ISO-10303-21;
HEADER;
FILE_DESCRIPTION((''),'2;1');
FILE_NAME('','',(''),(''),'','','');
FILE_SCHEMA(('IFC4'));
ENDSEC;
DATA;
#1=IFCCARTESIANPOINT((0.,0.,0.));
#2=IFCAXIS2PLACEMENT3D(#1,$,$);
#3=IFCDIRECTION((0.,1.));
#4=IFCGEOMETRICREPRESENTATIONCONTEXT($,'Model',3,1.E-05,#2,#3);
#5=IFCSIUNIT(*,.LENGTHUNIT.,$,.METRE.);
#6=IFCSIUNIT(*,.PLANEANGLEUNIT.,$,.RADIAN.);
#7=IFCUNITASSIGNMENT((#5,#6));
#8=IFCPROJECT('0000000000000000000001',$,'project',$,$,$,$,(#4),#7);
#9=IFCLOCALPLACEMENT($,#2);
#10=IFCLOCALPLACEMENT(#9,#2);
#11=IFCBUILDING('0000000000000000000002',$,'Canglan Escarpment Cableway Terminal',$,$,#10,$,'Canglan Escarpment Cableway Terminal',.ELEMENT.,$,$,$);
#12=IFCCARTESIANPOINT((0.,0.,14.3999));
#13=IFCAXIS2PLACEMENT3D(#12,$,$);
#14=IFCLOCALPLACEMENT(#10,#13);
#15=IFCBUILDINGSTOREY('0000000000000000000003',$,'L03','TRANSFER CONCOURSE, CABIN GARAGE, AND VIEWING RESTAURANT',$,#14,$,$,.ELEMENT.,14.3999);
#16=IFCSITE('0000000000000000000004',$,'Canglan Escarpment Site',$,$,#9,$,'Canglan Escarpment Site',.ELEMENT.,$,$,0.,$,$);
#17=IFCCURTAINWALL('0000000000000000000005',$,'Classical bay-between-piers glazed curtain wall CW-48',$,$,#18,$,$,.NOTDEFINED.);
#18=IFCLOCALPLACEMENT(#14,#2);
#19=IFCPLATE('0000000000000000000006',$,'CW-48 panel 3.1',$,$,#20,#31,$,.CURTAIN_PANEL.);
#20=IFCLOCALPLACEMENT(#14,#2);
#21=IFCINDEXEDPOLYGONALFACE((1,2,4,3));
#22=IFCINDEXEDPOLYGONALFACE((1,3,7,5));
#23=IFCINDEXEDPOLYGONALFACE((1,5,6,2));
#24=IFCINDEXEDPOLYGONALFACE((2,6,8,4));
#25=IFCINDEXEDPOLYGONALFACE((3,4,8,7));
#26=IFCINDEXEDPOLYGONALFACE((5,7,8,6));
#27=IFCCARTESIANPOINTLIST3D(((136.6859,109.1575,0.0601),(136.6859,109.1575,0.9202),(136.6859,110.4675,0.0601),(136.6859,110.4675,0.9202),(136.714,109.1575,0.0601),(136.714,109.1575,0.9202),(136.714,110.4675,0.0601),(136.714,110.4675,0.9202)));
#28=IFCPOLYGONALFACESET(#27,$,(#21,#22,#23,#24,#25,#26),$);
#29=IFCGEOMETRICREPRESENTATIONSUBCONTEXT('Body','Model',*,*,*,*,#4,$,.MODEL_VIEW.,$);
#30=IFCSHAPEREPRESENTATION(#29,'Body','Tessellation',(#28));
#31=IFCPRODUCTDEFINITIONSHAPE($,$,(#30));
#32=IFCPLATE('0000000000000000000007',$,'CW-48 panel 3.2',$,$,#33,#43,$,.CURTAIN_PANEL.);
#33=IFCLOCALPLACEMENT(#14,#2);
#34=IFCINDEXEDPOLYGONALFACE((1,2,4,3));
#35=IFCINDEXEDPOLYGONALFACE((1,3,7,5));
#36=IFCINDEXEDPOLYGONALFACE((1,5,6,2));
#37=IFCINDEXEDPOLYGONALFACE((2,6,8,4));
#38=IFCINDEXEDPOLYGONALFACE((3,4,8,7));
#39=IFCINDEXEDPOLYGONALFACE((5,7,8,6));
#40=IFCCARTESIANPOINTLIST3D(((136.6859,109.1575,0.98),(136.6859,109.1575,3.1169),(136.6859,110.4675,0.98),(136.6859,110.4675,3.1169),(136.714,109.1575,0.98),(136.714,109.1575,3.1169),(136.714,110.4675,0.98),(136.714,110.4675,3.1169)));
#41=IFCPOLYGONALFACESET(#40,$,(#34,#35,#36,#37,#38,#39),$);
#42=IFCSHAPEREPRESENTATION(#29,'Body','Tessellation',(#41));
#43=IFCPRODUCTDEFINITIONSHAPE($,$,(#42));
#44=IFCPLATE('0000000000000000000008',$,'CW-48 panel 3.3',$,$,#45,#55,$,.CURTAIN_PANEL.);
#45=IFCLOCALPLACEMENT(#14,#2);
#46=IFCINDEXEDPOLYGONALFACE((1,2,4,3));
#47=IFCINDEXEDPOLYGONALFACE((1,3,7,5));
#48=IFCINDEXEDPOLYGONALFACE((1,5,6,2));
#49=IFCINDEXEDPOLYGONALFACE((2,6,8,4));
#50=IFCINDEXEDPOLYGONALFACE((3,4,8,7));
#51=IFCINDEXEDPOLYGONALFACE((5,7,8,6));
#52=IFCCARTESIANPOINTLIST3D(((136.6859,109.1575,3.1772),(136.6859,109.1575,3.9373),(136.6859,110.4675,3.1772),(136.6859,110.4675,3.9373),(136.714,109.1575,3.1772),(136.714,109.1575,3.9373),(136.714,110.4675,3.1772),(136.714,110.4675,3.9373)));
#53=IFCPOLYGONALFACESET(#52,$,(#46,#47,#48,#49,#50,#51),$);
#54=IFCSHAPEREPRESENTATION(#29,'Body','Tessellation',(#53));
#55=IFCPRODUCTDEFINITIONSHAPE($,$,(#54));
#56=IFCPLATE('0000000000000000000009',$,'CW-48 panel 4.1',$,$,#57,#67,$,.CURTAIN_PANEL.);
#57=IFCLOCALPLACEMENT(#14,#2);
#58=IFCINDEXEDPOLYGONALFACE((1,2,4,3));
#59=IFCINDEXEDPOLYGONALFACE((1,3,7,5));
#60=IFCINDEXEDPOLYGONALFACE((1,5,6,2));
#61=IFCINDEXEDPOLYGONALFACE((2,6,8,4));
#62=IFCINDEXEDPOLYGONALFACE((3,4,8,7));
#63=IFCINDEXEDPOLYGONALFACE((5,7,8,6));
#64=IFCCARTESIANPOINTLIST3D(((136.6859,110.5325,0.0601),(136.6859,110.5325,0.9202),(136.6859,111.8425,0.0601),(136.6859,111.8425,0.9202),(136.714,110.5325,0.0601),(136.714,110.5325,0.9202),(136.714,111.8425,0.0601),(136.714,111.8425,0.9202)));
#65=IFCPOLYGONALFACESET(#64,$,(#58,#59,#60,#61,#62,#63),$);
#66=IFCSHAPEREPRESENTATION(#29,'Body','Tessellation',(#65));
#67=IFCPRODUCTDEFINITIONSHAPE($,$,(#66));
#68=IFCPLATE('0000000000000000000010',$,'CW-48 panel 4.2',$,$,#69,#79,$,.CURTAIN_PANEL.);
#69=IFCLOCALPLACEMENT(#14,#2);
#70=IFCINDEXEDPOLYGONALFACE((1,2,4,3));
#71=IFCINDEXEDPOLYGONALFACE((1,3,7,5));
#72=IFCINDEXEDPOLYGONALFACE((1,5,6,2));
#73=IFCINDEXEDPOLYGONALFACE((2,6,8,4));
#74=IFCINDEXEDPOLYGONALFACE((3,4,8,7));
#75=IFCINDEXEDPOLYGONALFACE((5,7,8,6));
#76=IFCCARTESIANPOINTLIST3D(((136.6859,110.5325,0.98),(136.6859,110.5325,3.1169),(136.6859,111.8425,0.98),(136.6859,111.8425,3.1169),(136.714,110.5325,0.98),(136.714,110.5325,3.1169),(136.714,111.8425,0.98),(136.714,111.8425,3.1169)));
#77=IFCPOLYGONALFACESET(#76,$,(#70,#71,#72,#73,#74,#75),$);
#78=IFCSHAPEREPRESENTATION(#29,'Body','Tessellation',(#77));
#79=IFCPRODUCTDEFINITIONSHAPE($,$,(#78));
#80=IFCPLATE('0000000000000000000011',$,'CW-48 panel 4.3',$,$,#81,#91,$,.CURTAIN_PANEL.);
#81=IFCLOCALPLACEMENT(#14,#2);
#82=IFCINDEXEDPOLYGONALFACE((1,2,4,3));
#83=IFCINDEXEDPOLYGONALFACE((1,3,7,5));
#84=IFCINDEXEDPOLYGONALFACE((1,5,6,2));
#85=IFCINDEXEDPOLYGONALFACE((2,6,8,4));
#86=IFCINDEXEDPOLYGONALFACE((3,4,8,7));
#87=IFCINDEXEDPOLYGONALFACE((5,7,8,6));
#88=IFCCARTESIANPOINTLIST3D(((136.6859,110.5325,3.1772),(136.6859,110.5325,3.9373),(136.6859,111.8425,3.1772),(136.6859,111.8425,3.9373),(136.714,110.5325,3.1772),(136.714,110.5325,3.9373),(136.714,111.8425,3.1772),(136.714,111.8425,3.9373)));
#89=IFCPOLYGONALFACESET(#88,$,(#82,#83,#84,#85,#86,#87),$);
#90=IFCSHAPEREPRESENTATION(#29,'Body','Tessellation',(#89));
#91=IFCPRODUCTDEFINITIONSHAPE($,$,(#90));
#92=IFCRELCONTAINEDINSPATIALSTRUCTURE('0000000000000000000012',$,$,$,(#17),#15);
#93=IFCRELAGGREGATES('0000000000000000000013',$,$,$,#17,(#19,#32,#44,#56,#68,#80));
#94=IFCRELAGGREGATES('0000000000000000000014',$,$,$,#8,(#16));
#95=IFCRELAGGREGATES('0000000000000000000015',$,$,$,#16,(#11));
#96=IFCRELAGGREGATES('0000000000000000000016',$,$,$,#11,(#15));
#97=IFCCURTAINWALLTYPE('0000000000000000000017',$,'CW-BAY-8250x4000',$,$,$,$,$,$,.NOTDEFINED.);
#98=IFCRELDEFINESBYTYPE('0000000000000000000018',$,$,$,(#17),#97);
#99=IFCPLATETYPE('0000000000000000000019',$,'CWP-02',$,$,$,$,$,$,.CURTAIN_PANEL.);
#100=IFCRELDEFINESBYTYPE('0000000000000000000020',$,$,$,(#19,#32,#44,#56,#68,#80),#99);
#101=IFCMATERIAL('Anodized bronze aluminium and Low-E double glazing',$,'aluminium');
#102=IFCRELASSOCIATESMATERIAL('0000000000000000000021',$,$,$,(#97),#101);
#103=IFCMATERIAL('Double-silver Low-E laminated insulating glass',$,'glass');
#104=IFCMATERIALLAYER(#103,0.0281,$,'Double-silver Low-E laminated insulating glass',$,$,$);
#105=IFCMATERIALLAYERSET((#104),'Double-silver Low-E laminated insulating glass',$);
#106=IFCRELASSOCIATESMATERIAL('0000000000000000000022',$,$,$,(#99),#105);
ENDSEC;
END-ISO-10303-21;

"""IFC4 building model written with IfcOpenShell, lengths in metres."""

from ifc_helpers import new_model, si_unit, direction, frame, origin, origin_2d, place, context, subcontext, project, spatial, rectangle, extrude, material, layer, layer_set, type_object, element, aggregate, save


model = new_model("IFC4")

# Units and contexts
model_context = context("Model", 3, precision=1e-05, world=origin(), true_north=direction((0.0, 1.0)))
body_context = subcontext(model_context, "Body", "Model", "MODEL_VIEW")
ifc_project = project(units=[si_unit("LENGTHUNIT", "METRE"), si_unit("PLANEANGLEUNIT", "RADIAN")], contexts=[model_context])

# Site, building, storey
site_placement = place(None, origin())
site = spatial("IfcSite", under=ifc_project, at=site_placement, Name="Canglan Escarpment Site", LongName="Canglan Escarpment Site", CompositionType="ELEMENT", RefElevation=0.0)
building_placement = place(site_placement, origin())
building = spatial("IfcBuilding", under=site, at=building_placement, Name="Canglan Escarpment Cableway Terminal", LongName="Canglan Escarpment Cableway Terminal", CompositionType="ELEMENT")
storey_placement = place(building_placement, frame((0.0, 0.0, 14.3999)))
storey = spatial("IfcBuildingStorey", under=building, at=storey_placement, Name="L03", Description="TRANSFER CONCOURSE, CABIN GARAGE, AND VIEWING RESTAURANT", CompositionType="ELEMENT", Elevation=14.3999)

# Curtain wall
ifc_material_1 = material(Name="Anodized bronze aluminium and Low-E double glazing", Category="aluminium")
curtain_wall_type_1 = type_object("IfcCurtainWallType", Name="CW-BAY-8250x4000", PredefinedType="NOTDEFINED", material=ifc_material_1)
curtain_wall_1_placement = place(storey_placement, origin())
curtain_wall_1 = element("IfcCurtainWall", 1, at=curtain_wall_1_placement, inside=storey, type_object=curtain_wall_type_1, Name="Classical bay-between-piers glazed curtain wall CW-48", PredefinedType="NOTDEFINED")

# Shared definitions
ifc_material_2 = material(Name="Double-silver Low-E laminated insulating glass", Category="glass")

# Plates
ifc_layer_1 = layer(ifc_material_2, 0.0281, Name="Double-silver Low-E laminated insulating glass")
ifc_layer_set_1 = layer_set([ifc_layer_1], Name="Double-silver Low-E laminated insulating glass")
plate_type_1 = type_object("IfcPlateType", Name="CWP-02", PredefinedType="CURTAIN_PANEL", material=ifc_layer_set_1)
plate_1_placement = place(storey_placement, frame((136.7, 109.8125, 0.0601), z_axis=(0.0, 0.0, 1.0), x_axis=(0.0, 1.0, 0.0)))
plate_1 = element("IfcPlate", 2, at=plate_1_placement, type_object=plate_type_1, Name="CW-48 panel 3.1", PredefinedType="CURTAIN_PANEL", context=body_context, shape_type="SweptSolid", body=[
    extrude(rectangle(XDim=1.3101, YDim=0.0281, at=origin_2d()), origin(), (0.0, 0.0, 1.0), 0.8601),
])
plate_2_placement = place(storey_placement, frame((136.7, 109.8125, 0.98), z_axis=(0.0, 0.0, 1.0), x_axis=(0.0, 1.0, 0.0)))
plate_2 = element("IfcPlate", 3, at=plate_2_placement, type_object=plate_type_1, Name="CW-48 panel 3.2", PredefinedType="CURTAIN_PANEL", context=body_context, shape_type="SweptSolid", body=[
    extrude(rectangle(XDim=1.3101, YDim=0.0281, at=origin_2d()), origin(), (0.0, 0.0, 1.0), 2.137),
])
plate_3_placement = place(storey_placement, frame((136.7, 109.8125, 3.1772), z_axis=(0.0, 0.0, 1.0), x_axis=(0.0, 1.0, 0.0)))
plate_3 = element("IfcPlate", 4, at=plate_3_placement, type_object=plate_type_1, Name="CW-48 panel 3.3", PredefinedType="CURTAIN_PANEL", context=body_context, shape_type="SweptSolid", body=[
    extrude(rectangle(XDim=1.3101, YDim=0.0281, at=origin_2d()), origin(), (0.0, 0.0, 1.0), 0.76),
])
plate_4_placement = place(storey_placement, frame((136.7, 111.1875, 0.0601), z_axis=(0.0, 0.0, 1.0), x_axis=(0.0, 1.0, 0.0)))
plate_4 = element("IfcPlate", 5, at=plate_4_placement, type_object=plate_type_1, Name="CW-48 panel 4.1", PredefinedType="CURTAIN_PANEL", context=body_context, shape_type="SweptSolid", body=[
    extrude(rectangle(XDim=1.3101, YDim=0.0281, at=origin_2d()), origin(), (0.0, 0.0, 1.0), 0.8601),
])
plate_5_placement = place(storey_placement, frame((136.7, 111.1875, 0.98), z_axis=(0.0, 0.0, 1.0), x_axis=(0.0, 1.0, 0.0)))
plate_5 = element("IfcPlate", 6, at=plate_5_placement, type_object=plate_type_1, Name="CW-48 panel 4.2", PredefinedType="CURTAIN_PANEL", context=body_context, shape_type="SweptSolid", body=[
    extrude(rectangle(XDim=1.3101, YDim=0.0281, at=origin_2d()), origin(), (0.0, 0.0, 1.0), 2.137),
])
plate_6_placement = place(storey_placement, frame((136.7, 111.1875, 3.1772), z_axis=(0.0, 0.0, 1.0), x_axis=(0.0, 1.0, 0.0)))
plate_6 = element("IfcPlate", 7, at=plate_6_placement, type_object=plate_type_1, Name="CW-48 panel 4.3", PredefinedType="CURTAIN_PANEL", context=body_context, shape_type="SweptSolid", body=[
    extrude(rectangle(XDim=1.3101, YDim=0.0281, at=origin_2d()), origin(), (0.0, 0.0, 1.0), 0.76),
])
aggregate(curtain_wall_1, [plate_1, plate_2, plate_3, plate_4, plate_5, plate_6])

save(model, "model.ifc")
